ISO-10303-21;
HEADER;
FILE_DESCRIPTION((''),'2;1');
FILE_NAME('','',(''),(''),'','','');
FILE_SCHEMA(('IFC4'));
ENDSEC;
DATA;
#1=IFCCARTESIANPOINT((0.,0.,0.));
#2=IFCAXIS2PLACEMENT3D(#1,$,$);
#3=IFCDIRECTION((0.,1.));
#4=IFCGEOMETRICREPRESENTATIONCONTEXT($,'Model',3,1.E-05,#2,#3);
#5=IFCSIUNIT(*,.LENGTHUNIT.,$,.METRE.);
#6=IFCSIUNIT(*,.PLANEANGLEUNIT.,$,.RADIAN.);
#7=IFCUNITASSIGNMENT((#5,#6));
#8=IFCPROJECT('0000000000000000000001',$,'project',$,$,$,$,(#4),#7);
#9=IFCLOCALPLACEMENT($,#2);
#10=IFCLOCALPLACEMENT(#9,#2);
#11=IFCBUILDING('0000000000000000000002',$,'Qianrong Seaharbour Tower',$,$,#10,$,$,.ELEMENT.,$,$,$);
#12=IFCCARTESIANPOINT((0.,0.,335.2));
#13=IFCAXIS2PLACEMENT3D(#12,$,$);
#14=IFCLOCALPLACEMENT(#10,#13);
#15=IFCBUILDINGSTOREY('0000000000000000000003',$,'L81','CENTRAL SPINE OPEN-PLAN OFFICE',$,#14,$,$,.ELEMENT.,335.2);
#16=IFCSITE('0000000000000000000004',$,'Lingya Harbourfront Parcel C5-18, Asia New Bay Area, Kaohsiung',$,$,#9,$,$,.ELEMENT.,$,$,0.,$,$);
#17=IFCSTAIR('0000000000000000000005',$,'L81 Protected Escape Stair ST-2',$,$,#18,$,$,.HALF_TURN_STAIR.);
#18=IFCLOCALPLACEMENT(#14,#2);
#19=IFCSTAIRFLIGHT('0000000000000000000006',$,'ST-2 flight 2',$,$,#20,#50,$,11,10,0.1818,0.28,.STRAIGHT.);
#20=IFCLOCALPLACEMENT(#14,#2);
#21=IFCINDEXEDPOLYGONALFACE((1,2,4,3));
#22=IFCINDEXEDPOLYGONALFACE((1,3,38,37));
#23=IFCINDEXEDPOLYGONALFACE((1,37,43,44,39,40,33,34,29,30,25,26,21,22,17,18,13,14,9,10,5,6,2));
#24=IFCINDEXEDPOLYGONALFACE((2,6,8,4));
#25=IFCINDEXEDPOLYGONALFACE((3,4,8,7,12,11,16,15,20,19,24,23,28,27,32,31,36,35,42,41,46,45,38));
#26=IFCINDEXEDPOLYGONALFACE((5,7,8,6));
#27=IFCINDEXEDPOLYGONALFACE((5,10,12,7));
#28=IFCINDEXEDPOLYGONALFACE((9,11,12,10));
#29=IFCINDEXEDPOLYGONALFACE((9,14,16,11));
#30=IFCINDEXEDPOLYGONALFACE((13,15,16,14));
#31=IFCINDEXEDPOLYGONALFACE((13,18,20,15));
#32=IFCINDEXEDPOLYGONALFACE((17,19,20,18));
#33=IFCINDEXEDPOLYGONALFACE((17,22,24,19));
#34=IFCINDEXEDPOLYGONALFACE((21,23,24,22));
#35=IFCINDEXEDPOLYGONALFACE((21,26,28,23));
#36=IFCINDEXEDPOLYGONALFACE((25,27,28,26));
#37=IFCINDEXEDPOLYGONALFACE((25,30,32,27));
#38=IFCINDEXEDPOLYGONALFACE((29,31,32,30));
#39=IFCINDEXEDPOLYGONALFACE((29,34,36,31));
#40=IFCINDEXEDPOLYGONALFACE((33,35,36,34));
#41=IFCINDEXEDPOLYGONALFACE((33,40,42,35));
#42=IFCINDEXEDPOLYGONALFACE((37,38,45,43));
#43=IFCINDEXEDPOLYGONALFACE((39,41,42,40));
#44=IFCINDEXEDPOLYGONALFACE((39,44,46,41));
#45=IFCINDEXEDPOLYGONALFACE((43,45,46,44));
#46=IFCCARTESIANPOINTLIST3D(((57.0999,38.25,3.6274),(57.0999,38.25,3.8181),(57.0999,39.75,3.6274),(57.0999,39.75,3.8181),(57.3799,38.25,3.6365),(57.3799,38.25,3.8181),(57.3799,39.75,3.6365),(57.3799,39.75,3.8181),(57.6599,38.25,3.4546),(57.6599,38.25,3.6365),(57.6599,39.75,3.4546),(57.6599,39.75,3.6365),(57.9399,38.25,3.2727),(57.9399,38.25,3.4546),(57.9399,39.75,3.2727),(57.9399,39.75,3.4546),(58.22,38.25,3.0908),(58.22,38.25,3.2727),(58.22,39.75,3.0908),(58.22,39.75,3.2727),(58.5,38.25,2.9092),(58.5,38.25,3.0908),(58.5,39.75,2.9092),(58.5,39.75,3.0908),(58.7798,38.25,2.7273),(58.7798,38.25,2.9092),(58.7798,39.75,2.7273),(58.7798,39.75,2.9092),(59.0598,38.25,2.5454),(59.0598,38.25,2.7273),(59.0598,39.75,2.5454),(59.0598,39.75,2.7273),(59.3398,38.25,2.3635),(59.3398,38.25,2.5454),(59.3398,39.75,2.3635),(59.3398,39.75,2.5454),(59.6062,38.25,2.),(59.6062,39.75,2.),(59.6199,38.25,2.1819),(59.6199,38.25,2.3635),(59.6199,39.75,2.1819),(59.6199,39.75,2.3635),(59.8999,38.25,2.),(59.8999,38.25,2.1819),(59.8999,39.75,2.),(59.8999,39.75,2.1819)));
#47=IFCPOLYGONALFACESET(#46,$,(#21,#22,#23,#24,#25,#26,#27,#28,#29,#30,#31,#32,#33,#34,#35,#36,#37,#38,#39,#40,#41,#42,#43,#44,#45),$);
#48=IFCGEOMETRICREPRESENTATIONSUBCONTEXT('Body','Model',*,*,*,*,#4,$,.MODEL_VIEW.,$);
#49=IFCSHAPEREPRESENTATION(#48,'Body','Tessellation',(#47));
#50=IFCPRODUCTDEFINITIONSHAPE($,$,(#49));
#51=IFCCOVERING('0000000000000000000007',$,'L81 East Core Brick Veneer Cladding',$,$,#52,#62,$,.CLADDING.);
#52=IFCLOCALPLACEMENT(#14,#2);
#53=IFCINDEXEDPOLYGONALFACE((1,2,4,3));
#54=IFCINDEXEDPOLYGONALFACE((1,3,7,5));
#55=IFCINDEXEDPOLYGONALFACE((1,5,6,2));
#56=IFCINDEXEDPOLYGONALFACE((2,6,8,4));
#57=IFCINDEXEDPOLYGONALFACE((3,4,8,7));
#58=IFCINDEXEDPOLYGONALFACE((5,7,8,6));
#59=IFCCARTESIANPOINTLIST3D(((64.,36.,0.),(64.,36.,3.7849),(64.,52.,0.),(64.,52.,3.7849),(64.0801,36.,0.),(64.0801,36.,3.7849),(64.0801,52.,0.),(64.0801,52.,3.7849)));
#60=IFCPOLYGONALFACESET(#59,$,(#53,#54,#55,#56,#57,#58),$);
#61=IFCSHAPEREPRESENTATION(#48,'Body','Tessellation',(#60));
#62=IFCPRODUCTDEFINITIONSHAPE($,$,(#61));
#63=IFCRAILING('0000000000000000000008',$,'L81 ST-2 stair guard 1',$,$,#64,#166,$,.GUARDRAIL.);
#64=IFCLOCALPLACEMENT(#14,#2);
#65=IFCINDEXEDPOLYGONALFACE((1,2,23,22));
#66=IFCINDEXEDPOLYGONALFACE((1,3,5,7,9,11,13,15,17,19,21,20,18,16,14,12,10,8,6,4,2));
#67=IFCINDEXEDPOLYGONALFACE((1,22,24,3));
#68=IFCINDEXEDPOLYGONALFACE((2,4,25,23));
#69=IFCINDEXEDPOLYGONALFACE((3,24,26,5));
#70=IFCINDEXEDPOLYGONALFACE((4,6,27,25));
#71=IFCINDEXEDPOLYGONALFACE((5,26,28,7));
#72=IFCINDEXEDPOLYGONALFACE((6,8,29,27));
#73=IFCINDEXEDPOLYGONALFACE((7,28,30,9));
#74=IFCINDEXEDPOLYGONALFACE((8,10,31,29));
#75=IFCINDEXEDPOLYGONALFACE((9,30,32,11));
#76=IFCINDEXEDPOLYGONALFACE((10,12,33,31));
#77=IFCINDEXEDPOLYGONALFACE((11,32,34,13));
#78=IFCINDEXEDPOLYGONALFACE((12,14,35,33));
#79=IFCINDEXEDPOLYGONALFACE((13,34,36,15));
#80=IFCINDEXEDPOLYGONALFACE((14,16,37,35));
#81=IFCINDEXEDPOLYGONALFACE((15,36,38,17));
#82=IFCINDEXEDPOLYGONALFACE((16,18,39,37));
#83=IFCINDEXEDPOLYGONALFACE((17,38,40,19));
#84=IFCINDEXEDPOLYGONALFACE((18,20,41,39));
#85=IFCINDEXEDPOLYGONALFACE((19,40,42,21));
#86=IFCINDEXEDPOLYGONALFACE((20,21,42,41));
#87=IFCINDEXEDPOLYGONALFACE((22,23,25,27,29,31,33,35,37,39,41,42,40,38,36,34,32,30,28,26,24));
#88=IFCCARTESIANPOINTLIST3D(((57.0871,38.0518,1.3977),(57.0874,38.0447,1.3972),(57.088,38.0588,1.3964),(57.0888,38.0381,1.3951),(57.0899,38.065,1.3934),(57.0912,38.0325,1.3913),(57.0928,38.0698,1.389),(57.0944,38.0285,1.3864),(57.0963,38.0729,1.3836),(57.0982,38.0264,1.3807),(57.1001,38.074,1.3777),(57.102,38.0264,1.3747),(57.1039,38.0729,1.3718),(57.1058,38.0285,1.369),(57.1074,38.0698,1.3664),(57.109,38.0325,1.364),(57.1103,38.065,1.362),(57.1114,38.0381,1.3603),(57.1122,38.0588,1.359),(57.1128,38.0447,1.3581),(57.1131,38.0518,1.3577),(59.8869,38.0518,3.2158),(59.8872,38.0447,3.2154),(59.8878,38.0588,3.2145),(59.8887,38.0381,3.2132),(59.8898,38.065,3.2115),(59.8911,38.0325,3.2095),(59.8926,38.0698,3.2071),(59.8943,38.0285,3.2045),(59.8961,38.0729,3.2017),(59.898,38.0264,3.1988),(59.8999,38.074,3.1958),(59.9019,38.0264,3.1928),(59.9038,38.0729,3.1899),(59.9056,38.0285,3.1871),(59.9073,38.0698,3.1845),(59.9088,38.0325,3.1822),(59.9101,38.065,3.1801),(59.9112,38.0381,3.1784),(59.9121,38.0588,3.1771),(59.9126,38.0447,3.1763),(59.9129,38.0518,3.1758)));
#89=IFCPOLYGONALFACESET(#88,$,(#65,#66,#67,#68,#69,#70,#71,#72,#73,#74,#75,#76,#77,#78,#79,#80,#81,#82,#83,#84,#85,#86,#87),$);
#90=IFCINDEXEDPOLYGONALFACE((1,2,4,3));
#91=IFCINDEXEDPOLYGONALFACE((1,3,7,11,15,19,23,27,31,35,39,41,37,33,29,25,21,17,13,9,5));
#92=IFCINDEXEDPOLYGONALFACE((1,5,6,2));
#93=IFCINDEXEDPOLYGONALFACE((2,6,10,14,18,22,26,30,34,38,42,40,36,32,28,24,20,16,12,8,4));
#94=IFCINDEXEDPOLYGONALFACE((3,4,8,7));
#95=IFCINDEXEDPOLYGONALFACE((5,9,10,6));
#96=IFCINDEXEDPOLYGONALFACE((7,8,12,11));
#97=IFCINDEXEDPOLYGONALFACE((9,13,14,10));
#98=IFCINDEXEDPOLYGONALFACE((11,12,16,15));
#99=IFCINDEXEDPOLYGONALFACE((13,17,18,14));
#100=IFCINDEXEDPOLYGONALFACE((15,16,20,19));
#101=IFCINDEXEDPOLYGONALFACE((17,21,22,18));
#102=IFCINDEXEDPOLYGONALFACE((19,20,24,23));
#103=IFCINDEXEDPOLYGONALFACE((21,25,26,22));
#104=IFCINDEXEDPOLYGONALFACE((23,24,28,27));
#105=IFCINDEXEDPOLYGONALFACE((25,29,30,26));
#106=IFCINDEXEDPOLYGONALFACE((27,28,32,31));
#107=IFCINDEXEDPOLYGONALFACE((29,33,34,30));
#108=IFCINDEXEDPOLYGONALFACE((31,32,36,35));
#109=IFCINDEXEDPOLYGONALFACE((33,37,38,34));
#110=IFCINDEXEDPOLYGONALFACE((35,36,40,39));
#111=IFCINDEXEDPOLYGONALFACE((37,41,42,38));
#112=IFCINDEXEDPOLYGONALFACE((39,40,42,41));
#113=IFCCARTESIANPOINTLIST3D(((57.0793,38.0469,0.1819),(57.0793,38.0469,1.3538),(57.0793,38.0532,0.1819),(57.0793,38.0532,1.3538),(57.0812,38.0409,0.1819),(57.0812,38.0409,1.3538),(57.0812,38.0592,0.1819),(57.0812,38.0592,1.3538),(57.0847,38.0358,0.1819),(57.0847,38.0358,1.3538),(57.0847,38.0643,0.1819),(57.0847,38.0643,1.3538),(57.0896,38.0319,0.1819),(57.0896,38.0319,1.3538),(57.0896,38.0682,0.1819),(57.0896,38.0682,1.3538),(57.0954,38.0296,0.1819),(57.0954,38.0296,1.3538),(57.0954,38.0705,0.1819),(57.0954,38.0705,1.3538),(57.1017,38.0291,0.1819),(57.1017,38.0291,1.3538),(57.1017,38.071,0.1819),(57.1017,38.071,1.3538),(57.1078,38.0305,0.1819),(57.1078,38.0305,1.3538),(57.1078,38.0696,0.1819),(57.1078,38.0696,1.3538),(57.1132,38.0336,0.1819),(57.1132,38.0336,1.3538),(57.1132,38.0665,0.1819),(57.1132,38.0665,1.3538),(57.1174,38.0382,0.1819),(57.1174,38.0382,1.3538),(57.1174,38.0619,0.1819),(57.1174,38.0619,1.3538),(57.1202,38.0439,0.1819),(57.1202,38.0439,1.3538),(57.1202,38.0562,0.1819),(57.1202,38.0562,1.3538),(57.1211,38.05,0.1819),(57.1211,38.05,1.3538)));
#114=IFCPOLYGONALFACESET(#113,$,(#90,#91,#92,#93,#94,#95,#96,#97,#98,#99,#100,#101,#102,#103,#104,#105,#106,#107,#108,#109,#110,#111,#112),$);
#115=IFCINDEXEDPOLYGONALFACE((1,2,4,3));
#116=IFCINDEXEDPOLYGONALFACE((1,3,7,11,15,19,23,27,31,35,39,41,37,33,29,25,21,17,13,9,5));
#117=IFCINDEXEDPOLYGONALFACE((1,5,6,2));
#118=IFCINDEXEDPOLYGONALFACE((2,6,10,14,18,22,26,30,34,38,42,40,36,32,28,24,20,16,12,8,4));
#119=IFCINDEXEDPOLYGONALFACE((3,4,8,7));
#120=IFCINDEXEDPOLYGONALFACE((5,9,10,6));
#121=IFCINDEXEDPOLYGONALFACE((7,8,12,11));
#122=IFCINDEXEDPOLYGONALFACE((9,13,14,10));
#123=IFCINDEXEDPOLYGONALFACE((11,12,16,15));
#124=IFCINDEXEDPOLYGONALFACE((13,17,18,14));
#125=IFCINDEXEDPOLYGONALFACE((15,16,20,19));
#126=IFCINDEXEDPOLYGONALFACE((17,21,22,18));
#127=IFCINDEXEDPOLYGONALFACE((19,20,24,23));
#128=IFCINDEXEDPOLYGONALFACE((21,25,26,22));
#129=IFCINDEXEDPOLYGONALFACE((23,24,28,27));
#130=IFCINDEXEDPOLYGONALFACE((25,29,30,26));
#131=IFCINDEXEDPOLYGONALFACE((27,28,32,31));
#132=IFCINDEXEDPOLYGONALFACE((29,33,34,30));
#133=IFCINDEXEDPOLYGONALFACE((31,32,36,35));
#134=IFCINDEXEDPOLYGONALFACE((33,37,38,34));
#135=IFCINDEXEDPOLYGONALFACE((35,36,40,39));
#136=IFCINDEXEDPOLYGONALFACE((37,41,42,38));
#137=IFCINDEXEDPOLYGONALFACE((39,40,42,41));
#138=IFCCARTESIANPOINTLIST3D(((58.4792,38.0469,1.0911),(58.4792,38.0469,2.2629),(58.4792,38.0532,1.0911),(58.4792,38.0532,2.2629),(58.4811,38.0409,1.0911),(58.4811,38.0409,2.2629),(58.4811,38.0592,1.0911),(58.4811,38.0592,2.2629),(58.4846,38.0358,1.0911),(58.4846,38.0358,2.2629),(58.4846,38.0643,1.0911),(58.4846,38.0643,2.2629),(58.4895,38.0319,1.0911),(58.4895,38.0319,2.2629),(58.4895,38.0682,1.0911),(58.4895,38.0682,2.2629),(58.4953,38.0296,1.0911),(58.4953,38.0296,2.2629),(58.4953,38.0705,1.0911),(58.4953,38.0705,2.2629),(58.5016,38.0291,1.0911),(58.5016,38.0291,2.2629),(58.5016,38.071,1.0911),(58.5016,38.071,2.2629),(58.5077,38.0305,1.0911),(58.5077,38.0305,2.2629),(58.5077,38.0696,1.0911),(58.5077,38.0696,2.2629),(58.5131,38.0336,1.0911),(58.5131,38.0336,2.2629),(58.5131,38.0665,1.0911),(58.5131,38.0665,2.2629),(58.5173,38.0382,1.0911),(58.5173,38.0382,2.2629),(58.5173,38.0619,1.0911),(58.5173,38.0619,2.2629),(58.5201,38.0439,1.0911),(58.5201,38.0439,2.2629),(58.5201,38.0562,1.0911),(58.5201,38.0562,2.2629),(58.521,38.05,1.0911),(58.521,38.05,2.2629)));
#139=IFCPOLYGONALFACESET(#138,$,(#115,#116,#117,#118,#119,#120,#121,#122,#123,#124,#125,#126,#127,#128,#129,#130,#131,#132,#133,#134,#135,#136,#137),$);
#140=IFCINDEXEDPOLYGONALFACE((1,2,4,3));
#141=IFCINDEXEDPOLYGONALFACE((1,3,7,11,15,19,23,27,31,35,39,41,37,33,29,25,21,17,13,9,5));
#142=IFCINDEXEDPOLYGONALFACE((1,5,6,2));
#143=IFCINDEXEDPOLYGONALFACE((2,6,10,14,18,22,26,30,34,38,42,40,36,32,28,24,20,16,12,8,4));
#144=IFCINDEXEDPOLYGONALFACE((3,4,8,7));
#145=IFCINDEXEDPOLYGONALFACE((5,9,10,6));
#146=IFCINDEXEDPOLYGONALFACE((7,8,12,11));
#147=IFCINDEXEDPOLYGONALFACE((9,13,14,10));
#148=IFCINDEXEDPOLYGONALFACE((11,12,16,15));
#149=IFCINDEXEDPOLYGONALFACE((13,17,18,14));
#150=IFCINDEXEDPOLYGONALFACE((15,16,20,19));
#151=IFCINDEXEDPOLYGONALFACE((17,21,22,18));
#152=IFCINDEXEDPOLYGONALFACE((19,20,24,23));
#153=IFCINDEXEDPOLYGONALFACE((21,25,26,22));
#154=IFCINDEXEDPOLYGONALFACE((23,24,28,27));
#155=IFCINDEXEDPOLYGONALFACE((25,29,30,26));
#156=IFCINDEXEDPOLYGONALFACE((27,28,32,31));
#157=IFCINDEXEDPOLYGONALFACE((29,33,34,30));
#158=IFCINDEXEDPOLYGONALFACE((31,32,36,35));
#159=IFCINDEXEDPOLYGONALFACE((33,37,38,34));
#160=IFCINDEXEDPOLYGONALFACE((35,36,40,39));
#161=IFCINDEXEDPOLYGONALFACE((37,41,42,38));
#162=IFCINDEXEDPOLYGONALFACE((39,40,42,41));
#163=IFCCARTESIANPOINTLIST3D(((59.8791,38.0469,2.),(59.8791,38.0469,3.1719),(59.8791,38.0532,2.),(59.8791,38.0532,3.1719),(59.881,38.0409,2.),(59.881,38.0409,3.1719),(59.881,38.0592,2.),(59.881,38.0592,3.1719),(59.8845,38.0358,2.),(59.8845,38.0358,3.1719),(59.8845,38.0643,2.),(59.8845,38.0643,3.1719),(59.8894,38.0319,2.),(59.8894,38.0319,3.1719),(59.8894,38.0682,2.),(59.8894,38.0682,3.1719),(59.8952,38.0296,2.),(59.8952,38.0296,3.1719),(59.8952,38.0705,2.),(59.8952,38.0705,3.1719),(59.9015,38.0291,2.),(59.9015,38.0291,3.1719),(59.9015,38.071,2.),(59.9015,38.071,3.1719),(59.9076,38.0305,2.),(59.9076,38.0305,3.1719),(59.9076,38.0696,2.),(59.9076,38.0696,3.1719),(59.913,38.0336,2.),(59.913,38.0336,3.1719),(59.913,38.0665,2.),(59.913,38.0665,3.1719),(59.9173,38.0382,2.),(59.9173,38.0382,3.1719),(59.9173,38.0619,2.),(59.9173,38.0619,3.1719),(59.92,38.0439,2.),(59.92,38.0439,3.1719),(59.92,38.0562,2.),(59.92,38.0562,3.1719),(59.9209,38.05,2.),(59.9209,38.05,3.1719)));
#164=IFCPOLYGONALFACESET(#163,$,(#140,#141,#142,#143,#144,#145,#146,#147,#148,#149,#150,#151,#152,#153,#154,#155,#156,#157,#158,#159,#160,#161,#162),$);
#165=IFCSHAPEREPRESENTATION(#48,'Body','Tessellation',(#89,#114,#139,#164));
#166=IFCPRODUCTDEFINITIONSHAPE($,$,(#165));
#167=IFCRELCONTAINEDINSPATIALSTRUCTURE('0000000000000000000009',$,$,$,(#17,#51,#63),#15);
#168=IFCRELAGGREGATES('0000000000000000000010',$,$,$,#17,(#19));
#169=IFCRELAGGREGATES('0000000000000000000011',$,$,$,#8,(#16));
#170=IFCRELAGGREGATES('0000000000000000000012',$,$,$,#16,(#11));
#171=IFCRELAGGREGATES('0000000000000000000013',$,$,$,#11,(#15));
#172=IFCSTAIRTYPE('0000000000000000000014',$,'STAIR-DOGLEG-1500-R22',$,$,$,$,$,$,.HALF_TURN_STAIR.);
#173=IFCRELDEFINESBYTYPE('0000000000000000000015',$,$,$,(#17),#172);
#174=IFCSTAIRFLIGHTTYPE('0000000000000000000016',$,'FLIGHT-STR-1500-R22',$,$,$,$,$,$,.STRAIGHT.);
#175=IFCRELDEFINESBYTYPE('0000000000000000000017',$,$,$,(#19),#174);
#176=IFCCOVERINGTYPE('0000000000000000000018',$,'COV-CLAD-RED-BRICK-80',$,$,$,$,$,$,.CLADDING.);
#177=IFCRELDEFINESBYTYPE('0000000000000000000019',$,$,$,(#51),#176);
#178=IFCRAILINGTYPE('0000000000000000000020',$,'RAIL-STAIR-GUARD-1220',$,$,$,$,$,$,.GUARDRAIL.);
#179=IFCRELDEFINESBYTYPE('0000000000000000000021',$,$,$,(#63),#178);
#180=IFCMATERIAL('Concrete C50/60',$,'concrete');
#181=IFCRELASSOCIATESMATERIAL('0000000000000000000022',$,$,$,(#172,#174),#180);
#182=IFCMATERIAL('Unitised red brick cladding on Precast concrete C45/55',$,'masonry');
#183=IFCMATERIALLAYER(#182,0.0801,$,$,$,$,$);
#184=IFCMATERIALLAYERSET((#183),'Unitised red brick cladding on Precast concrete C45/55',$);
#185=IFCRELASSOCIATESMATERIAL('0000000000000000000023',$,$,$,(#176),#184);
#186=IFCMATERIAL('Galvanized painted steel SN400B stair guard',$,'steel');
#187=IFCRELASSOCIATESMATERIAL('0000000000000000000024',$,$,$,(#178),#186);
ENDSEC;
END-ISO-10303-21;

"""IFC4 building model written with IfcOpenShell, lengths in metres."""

from ifc_helpers import new_model, si_unit, direction, frame, origin, origin_2d, place, context, subcontext, project, spatial, polyline, rectangle, circle, outline, extrude, material, layer, layer_set, type_object, element, aggregate, save


model = new_model("IFC4")

# Units and contexts
model_context = context("Model", 3, precision=1e-05, world=origin(), true_north=direction((0.0, 1.0)))
body_context = subcontext(model_context, "Body", "Model", "MODEL_VIEW")
ifc_project = project(units=[si_unit("LENGTHUNIT", "METRE"), si_unit("PLANEANGLEUNIT", "RADIAN")], contexts=[model_context])

# Site, building, storey
site_placement = place(None, origin())
site = spatial("IfcSite", under=ifc_project, at=site_placement, Name="Lingya Harbourfront Parcel C5-18, Asia New Bay Area, Kaohsiung", CompositionType="ELEMENT", RefElevation=0.0)
building_placement = place(site_placement, origin())
building = spatial("IfcBuilding", under=site, at=building_placement, Name="Qianrong Seaharbour Tower", CompositionType="ELEMENT")
storey_placement = place(building_placement, frame((0.0, 0.0, 335.2)))
storey = spatial("IfcBuildingStorey", under=building, at=storey_placement, Name="L81", Description="CENTRAL SPINE OPEN-PLAN OFFICE", CompositionType="ELEMENT", Elevation=335.2)

# Shared definitions
ifc_material_1 = material(Name="Concrete C50/60", Category="concrete")

# Stair, stair flight
stair_type = type_object("IfcStairType", Name="STAIR-DOGLEG-1500-R22", PredefinedType="HALF_TURN_STAIR", material=ifc_material_1)
stair_placement = place(storey_placement, origin())
stair = element("IfcStair", 1, at=stair_placement, inside=storey, type_object=stair_type, Name="L81 Protected Escape Stair ST-2", PredefinedType="HALF_TURN_STAIR")
stair_flight_type = type_object("IfcStairFlightType", Name="FLIGHT-STR-1500-R22", PredefinedType="STRAIGHT", material=ifc_material_1)
stair_flight_1_placement = place(storey_placement, frame((59.8999, 39.0, 2.0), z_axis=(0.0, 0.0, 1.0), x_axis=(-1.0, 0.0, 0.0)))
stair_flight_1 = element("IfcStairFlight", 2, at=stair_flight_1_placement, type_object=stair_flight_type, Name="ST-2 flight 2", NumberOfRisers=11, NumberOfTreads=10, PredefinedType="STRAIGHT", RiserHeight=0.1818, TreadLength=0.28, context=body_context, shape_type="SweptSolid", body=[
    extrude(outline(polyline([(0.0, 0.0), (0.0, 0.1819), (0.28, 0.1819), (0.28, 0.3635), (0.5601, 0.3635), (0.5601, 0.5454), (0.8401, 0.5454), (0.8401, 0.7273), (1.1201, 0.7273), (1.1201, 0.9092), (1.3999, 0.9092), (1.3999, 1.0908), (1.6799, 1.0908), (1.6799, 1.2727), (1.96, 1.2727), (1.96, 1.4546), (2.24, 1.4546), (2.24, 1.6365), (2.52, 1.6365), (2.52, 1.8181), (2.8, 1.8181), (2.8, 2.0), (2.8, 1.6274), (0.2937, 0.0), (0.0, 0.0)])), frame((0.0, 0.75, 0.0), z_axis=(0.0, -1.0, 0.0), x_axis=(1.0, 0.0, 0.0)), (0.0, 0.0, 1.0), 1.5),
])
aggregate(stair, [stair_flight_1])

# Covering
ifc_material_2 = material(Name="Unitised red brick cladding on Precast concrete C45/55", Category="masonry")
ifc_layer_1 = layer(ifc_material_2, 0.0801)
ifc_layer_set_1 = layer_set([ifc_layer_1], Name="Unitised red brick cladding on Precast concrete C45/55")
covering_type = type_object("IfcCoveringType", Name="COV-CLAD-RED-BRICK-80", PredefinedType="CLADDING", material=ifc_layer_set_1)
covering_placement = place(storey_placement, frame((64.04, 44.0, 0.0), z_axis=(0.0, 0.0, 1.0), x_axis=(1.0, 0.0, 0.0)))
element("IfcCovering", 3, at=covering_placement, inside=storey, type_object=covering_type, Name="L81 East Core Brick Veneer Cladding", PredefinedType="CLADDING", context=body_context, shape_type="SweptSolid", body=[
    extrude(rectangle(XDim=0.0801, YDim=16.0, at=origin_2d()), origin(), (0.0, 0.0, 1.0), 3.7849),
])

# Railing
ifc_material_3 = material(Name="Galvanized painted steel SN400B stair guard", Category="steel")
railing_type_1 = type_object("IfcRailingType", Name="RAIL-STAIR-GUARD-1220", PredefinedType="GUARDRAIL", material=ifc_material_3)
railing_1_placement = place(storey_placement, frame((57.1001, 38.05, 0.1819)))
element("IfcRailing", 4, at=railing_1_placement, inside=storey, type_object=railing_type_1, Name="L81 ST-2 stair guard 1", PredefinedType="GUARDRAIL", context=body_context, shape_type="SweptSolid", body=[
    extrude(circle(Radius=0.0239, at=origin_2d()), frame((0.0, 0.0, 1.1958), z_axis=(0.838684, 0.0, 0.544618), x_axis=(0.0, 1.0, 0.0)), (0.0, 0.0, 1.0), 3.3384),
    extrude(circle(Radius=0.021, at=origin_2d()), origin(), (0.0, 0.0, 1.0), 1.1719),
    extrude(circle(Radius=0.021, at=origin_2d()), frame((1.3999, 0.0, 0.9092)), (0.0, 0.0, 1.0), 1.1719),
    extrude(circle(Radius=0.021, at=origin_2d()), frame((2.7998, 0.0, 1.8181)), (0.0, 0.0, 1.0), 1.1719),
])

save(model, "model.ifc")
